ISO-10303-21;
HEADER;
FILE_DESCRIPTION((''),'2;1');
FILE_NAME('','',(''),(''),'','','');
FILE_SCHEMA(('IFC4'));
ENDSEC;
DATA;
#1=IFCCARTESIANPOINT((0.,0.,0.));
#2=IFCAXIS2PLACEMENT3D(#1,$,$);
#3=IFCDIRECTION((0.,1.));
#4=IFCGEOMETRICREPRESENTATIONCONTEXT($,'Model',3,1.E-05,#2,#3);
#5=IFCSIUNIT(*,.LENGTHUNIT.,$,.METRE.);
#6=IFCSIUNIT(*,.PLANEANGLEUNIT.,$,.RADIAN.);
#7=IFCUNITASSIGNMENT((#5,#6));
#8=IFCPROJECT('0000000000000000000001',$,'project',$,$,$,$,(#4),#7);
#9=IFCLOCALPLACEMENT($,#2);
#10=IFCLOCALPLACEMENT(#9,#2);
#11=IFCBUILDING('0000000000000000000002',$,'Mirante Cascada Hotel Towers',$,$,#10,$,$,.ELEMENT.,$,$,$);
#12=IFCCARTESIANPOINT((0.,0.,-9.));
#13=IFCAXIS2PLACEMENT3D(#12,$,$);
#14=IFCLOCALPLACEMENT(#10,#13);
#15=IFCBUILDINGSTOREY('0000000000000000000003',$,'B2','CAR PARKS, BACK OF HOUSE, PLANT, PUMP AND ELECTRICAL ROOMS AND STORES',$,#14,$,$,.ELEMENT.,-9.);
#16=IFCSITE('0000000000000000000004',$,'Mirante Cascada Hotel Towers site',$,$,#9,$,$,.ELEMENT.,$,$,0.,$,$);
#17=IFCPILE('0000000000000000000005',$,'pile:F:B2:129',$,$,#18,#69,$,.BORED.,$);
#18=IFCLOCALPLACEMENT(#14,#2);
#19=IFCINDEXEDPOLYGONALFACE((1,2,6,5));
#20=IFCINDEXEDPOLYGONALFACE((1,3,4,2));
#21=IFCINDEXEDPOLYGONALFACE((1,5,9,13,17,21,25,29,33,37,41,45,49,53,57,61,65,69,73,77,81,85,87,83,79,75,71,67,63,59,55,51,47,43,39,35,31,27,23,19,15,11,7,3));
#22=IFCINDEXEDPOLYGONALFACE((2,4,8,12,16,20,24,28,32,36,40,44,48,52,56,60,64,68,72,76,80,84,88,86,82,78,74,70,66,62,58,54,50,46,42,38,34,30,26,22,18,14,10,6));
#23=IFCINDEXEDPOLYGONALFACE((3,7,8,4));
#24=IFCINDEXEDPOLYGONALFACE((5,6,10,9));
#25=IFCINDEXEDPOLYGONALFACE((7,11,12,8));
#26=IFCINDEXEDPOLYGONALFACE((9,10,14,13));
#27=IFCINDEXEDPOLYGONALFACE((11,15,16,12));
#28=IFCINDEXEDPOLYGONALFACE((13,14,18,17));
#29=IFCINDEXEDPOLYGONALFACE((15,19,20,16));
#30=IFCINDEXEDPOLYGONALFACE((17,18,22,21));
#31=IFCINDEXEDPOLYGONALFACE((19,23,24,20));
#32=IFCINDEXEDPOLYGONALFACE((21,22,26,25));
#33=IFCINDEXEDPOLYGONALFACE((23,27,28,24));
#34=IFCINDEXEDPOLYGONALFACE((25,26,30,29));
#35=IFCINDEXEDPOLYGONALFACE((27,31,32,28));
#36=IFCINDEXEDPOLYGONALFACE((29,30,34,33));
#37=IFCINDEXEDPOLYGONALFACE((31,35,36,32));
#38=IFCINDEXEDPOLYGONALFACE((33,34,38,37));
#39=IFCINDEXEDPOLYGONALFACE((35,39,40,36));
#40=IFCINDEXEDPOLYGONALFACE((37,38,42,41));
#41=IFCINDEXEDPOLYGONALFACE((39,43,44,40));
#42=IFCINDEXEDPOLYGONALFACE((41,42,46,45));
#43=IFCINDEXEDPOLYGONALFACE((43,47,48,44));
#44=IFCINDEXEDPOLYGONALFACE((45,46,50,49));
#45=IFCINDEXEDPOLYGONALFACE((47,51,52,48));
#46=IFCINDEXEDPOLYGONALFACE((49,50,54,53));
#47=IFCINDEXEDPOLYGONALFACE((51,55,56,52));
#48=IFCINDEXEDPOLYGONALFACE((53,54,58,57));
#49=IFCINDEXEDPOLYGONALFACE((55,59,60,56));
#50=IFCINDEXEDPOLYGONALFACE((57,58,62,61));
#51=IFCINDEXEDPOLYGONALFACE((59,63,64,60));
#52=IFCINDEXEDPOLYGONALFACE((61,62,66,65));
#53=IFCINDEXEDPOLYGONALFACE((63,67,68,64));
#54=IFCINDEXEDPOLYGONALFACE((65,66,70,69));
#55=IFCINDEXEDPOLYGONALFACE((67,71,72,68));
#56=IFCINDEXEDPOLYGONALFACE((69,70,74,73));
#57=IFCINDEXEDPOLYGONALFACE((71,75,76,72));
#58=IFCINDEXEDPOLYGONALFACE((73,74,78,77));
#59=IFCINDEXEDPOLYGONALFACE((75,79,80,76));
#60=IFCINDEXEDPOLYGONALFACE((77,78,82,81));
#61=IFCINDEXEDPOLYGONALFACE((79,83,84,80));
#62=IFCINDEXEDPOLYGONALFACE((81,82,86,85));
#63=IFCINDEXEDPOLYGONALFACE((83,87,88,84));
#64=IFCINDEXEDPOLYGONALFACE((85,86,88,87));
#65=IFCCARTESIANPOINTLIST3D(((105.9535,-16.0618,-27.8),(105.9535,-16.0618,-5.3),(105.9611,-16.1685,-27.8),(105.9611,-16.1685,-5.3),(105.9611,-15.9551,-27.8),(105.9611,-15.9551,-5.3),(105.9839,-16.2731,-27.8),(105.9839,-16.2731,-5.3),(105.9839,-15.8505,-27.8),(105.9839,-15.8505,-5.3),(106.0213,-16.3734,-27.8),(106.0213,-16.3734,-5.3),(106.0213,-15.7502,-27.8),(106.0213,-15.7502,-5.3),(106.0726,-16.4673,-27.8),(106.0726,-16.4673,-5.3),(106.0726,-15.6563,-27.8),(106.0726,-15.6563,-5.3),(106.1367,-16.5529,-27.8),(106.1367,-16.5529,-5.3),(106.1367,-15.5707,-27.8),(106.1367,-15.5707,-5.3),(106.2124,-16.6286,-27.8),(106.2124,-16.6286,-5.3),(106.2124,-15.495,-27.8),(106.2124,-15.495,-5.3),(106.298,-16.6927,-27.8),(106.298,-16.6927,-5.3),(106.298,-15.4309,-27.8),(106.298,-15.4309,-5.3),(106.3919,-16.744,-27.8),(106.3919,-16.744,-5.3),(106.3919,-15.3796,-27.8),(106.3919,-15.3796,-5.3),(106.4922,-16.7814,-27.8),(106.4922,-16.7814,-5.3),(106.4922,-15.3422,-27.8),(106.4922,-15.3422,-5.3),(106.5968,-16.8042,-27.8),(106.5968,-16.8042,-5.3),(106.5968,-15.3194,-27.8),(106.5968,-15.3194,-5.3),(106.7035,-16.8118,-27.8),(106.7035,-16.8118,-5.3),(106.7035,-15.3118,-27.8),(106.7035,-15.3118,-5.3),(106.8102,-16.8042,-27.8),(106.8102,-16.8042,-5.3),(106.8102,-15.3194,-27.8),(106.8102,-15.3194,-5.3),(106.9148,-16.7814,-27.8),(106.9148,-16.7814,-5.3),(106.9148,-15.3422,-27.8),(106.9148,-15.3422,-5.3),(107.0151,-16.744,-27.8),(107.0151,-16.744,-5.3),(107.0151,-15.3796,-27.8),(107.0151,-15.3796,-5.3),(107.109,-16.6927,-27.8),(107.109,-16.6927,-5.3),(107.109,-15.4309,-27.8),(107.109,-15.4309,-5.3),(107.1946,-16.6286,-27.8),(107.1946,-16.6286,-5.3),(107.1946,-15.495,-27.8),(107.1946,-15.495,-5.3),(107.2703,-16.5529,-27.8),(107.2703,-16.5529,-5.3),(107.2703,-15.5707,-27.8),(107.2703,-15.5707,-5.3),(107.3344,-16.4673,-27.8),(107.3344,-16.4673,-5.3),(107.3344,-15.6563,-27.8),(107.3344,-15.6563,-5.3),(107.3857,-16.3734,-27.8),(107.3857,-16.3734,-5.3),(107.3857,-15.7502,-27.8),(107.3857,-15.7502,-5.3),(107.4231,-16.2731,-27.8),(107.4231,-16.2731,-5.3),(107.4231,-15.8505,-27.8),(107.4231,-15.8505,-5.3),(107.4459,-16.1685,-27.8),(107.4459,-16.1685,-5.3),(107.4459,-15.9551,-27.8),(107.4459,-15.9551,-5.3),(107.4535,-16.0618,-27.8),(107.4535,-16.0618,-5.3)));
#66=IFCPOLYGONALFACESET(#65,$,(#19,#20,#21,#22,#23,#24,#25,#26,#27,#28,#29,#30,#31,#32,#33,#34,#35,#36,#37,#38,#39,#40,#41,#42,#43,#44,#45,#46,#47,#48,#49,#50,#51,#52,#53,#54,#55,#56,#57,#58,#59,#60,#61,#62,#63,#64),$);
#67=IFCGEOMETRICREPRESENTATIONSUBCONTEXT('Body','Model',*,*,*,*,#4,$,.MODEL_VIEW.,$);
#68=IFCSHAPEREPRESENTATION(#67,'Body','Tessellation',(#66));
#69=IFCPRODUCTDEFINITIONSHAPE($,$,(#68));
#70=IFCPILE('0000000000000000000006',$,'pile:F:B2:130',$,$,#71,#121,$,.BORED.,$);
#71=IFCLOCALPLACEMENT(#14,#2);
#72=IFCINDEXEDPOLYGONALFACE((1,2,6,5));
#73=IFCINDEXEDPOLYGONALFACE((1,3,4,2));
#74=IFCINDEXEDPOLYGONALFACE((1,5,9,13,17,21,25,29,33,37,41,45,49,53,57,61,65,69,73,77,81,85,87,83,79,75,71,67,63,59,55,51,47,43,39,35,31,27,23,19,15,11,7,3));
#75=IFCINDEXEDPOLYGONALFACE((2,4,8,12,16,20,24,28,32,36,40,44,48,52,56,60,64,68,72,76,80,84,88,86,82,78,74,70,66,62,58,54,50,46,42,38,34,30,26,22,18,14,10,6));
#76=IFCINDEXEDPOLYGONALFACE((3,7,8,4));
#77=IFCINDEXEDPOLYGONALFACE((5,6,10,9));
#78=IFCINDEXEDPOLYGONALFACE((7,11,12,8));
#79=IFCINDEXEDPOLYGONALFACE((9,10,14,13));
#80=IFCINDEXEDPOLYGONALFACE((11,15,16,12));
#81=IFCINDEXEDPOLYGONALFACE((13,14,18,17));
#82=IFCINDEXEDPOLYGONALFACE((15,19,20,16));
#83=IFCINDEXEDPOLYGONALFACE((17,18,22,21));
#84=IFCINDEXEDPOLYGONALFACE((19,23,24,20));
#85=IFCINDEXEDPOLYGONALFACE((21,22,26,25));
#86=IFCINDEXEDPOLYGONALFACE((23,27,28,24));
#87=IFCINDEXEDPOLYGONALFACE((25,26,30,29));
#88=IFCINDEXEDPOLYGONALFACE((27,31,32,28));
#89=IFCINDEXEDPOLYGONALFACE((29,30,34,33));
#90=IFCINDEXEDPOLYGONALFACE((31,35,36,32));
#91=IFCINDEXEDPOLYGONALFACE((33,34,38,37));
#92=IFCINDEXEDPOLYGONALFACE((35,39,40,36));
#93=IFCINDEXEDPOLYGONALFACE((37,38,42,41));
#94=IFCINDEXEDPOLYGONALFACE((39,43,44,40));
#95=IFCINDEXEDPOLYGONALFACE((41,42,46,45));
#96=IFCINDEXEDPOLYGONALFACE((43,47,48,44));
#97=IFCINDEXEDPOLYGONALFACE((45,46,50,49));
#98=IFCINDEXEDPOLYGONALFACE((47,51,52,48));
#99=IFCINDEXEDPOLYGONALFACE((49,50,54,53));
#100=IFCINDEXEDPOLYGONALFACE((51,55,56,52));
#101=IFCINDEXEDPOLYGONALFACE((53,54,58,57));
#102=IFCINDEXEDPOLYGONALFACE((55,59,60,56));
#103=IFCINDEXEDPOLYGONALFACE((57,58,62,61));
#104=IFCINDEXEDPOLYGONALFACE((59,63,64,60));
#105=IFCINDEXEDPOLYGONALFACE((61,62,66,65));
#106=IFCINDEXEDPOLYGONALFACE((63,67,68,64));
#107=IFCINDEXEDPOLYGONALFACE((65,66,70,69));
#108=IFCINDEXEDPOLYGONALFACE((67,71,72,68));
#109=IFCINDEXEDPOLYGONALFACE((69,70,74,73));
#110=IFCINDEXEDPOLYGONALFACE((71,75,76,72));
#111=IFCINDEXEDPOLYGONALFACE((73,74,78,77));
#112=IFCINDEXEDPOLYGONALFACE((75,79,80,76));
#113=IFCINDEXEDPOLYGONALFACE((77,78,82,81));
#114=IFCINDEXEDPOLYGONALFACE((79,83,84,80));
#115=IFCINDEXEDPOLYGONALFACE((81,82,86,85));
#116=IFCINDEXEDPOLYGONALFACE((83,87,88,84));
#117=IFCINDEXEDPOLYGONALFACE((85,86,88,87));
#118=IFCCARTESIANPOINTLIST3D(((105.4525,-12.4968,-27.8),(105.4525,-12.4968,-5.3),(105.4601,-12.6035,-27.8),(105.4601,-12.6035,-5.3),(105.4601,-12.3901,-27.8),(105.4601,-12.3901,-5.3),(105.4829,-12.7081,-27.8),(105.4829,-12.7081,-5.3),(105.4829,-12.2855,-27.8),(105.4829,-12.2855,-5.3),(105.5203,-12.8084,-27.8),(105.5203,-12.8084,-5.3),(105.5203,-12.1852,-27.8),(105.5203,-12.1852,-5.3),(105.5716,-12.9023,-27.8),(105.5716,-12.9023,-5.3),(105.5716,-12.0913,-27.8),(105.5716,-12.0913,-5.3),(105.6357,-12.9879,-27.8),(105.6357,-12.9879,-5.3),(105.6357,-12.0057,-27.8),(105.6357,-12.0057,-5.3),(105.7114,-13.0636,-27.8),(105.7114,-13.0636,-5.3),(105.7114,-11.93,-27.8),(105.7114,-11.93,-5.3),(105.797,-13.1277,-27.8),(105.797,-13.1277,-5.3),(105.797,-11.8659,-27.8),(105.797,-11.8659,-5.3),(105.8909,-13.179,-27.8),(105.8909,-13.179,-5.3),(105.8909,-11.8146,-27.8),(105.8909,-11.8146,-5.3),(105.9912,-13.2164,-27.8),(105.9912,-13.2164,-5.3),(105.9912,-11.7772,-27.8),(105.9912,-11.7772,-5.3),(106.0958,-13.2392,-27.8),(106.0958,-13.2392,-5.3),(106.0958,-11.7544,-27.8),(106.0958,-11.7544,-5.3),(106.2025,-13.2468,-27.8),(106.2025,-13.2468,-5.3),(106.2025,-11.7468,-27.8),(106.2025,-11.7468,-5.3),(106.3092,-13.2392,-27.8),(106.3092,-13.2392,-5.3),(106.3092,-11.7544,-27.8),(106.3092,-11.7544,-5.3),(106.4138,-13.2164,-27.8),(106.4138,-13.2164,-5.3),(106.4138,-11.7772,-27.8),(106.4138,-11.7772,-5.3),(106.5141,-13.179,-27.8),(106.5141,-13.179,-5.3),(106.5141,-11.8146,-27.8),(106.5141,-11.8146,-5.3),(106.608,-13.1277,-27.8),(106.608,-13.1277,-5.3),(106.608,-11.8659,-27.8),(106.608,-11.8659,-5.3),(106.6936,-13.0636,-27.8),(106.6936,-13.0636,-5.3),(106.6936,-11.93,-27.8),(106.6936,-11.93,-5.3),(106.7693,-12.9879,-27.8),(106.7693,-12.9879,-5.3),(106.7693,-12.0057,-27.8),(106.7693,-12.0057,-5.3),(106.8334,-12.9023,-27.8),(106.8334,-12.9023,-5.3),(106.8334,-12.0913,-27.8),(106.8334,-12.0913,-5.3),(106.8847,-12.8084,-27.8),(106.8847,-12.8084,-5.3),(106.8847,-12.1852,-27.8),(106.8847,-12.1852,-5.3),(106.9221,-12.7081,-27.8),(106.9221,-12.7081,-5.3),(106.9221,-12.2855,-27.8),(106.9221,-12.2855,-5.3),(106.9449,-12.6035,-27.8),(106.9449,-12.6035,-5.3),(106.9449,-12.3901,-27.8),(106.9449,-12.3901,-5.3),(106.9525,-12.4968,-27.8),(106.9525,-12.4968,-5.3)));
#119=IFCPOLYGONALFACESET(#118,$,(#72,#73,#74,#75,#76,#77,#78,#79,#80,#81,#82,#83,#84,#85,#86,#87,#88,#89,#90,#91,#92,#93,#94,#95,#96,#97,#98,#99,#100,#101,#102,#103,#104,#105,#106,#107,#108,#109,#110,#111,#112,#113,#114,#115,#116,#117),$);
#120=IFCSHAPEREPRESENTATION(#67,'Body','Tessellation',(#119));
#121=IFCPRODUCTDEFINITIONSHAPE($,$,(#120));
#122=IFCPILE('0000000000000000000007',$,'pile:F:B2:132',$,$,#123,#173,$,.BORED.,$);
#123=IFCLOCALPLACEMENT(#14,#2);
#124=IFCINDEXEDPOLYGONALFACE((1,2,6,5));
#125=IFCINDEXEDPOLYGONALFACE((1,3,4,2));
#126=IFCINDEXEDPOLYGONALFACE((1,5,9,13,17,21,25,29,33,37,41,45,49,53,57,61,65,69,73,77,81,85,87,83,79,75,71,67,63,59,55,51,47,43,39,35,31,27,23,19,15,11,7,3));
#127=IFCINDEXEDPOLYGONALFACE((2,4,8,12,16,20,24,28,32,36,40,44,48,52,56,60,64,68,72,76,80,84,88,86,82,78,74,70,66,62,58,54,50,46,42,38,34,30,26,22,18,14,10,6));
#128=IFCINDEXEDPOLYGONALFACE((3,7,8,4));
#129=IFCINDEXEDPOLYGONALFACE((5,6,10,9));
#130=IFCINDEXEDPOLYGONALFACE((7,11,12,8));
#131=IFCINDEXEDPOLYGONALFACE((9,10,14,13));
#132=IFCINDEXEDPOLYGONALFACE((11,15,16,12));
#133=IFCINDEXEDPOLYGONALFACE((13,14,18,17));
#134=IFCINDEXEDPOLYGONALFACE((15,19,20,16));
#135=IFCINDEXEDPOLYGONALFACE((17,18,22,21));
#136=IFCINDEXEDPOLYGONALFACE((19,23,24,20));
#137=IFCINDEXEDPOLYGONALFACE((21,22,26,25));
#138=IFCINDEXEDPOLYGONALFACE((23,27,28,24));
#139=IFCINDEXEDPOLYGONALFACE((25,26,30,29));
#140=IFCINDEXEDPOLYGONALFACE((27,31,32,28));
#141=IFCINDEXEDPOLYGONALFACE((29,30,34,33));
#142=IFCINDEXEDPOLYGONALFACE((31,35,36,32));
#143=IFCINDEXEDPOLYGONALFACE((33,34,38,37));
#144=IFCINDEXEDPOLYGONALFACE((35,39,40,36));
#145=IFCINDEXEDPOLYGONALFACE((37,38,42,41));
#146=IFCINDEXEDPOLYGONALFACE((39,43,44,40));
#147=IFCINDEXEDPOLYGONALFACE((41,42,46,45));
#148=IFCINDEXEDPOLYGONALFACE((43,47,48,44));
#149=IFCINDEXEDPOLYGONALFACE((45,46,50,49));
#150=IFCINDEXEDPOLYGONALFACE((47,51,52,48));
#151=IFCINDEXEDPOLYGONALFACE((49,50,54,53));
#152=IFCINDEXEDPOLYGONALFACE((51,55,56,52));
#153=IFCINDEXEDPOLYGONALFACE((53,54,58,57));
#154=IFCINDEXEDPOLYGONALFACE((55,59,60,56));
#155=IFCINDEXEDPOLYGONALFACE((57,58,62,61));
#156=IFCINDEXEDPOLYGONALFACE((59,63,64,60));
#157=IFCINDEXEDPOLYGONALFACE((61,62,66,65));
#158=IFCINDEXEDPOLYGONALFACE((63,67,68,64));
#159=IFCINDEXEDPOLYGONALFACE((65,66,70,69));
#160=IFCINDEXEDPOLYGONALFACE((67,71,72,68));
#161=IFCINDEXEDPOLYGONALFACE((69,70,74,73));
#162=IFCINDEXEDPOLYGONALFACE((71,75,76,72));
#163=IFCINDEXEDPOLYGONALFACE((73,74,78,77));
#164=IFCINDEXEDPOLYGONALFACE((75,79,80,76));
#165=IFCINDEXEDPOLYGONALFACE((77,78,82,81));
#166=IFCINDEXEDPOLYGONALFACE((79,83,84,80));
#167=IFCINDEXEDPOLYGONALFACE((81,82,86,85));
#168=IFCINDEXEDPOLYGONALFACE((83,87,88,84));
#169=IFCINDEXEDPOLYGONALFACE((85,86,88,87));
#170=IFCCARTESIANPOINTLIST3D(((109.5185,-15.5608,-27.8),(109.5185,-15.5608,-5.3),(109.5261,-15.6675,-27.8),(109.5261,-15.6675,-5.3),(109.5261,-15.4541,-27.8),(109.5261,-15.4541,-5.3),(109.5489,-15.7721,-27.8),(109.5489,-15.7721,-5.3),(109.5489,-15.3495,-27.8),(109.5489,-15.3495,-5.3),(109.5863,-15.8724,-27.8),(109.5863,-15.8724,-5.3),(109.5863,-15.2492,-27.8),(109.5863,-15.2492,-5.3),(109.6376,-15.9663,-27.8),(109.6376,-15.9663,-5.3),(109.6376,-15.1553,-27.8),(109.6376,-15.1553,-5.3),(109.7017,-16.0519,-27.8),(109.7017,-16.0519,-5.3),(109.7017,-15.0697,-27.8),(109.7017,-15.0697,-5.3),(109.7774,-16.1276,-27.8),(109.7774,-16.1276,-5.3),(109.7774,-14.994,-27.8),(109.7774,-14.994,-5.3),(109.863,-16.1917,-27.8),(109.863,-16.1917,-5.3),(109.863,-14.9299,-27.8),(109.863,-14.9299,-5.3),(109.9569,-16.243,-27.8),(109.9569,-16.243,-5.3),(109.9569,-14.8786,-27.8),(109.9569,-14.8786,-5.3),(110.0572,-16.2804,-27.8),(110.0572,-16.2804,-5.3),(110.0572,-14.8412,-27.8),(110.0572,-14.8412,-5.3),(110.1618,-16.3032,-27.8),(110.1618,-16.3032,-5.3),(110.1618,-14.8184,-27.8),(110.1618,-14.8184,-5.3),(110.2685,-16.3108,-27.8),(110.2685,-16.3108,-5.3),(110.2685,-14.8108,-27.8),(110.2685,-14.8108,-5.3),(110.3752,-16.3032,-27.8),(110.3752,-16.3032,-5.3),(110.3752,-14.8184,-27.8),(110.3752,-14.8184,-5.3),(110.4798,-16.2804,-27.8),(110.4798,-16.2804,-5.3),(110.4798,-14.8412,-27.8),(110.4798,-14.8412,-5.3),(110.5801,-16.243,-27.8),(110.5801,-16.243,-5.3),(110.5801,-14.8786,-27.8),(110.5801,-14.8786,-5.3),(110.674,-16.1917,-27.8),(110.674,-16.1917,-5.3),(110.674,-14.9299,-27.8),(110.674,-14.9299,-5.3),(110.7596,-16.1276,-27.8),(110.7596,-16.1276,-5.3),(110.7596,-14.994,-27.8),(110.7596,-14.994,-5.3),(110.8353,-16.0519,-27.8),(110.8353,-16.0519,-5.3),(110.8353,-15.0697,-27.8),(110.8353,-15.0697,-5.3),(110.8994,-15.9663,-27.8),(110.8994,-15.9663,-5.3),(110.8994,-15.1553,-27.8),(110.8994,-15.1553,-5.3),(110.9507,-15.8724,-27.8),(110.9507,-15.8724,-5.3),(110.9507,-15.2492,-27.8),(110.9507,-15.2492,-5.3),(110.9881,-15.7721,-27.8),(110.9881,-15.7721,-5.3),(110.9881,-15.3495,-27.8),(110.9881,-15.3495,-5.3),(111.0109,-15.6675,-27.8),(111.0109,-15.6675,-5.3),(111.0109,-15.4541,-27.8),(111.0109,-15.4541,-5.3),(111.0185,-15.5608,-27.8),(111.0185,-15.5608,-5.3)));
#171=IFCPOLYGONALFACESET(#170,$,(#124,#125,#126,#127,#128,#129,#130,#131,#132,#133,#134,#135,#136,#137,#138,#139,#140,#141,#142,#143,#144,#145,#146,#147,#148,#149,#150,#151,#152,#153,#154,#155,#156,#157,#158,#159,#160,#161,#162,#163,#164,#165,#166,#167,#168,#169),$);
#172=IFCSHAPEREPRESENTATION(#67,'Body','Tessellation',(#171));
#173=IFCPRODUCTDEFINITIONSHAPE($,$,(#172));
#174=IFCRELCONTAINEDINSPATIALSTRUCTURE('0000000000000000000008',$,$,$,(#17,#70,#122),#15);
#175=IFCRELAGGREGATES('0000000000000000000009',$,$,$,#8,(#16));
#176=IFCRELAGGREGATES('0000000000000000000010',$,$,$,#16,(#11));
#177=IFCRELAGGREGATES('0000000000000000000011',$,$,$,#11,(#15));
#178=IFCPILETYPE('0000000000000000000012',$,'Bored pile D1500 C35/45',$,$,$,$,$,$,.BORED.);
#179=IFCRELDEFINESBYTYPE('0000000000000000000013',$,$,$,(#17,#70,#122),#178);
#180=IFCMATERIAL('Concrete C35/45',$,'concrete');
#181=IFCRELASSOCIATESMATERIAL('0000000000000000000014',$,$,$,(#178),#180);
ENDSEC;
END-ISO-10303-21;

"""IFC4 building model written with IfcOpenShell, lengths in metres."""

from ifc_helpers import new_model, si_unit, direction, frame, origin, origin_2d, place, context, subcontext, project, spatial, circle, extrude, material, material_profile, profile_set, type_object, element, save


model = new_model("IFC4")

# Units and contexts
model_context = context("Model", 3, precision=1e-05, world=origin(), true_north=direction((0.0, 1.0)))
body_context = subcontext(model_context, "Body", "Model", "MODEL_VIEW")
ifc_project = project(units=[si_unit("LENGTHUNIT", "METRE"), si_unit("PLANEANGLEUNIT", "RADIAN")], contexts=[model_context])

# Site, building, storey
site_placement = place(None, origin())
site = spatial("IfcSite", under=ifc_project, at=site_placement, Name="Mirante Cascada Hotel Towers site", CompositionType="ELEMENT", RefElevation=0.0)
building_placement = place(site_placement, origin())
building = spatial("IfcBuilding", under=site, at=building_placement, Name="Mirante Cascada Hotel Towers", CompositionType="ELEMENT")
storey_placement = place(building_placement, frame((0.0, 0.0, -9.0)))
storey = spatial("IfcBuildingStorey", under=building, at=storey_placement, Name="B2", Description="CAR PARKS, BACK OF HOUSE, PLANT, PUMP AND ELECTRICAL ROOMS AND STORES", CompositionType="ELEMENT", Elevation=-9.0)

# Piles
ifc_material_1 = material(Name="Concrete C35/45", Category="concrete")
ifc_material_profile_1 = material_profile(ifc_material_1, circle(Radius=0.75, at=origin_2d()), Name="RC D1500")
ifc_profile_set_1 = profile_set([ifc_material_profile_1], Name="Concrete C35/45")
pile_type = type_object("IfcPileType", Name="Bored pile D1500 C35/45", PredefinedType="BORED", material=ifc_profile_set_1)
for number, where, z_axis, x_axis, name in (
    (1, (106.7035, -16.0618, -5.3), (0.0, 0.0, -1.0), (1.0, 0.0, 0.0), "pile:F:B2:129"),
    (2, (106.2025, -12.4968, -5.3), (0.0, 0.0, -1.0), (1.0, 0.0, 0.0), "pile:F:B2:130"),
    (3, (110.2685, -15.5608, -5.3), (0.0, 0.0, -1.0), (1.0, 0.0, 0.0), "pile:F:B2:132"),
):
    element("IfcPile", number, at=place(storey_placement, frame(where, z_axis=z_axis, x_axis=x_axis)), inside=storey, type_object=pile_type, Name=name, PredefinedType="BORED", context=body_context, shape_type="SweptSolid", body=[
        extrude(circle(Radius=0.75, at=origin_2d()), origin(), (0.0, 0.0, 1.0), 22.5),
    ])

save(model, "model.ifc")
